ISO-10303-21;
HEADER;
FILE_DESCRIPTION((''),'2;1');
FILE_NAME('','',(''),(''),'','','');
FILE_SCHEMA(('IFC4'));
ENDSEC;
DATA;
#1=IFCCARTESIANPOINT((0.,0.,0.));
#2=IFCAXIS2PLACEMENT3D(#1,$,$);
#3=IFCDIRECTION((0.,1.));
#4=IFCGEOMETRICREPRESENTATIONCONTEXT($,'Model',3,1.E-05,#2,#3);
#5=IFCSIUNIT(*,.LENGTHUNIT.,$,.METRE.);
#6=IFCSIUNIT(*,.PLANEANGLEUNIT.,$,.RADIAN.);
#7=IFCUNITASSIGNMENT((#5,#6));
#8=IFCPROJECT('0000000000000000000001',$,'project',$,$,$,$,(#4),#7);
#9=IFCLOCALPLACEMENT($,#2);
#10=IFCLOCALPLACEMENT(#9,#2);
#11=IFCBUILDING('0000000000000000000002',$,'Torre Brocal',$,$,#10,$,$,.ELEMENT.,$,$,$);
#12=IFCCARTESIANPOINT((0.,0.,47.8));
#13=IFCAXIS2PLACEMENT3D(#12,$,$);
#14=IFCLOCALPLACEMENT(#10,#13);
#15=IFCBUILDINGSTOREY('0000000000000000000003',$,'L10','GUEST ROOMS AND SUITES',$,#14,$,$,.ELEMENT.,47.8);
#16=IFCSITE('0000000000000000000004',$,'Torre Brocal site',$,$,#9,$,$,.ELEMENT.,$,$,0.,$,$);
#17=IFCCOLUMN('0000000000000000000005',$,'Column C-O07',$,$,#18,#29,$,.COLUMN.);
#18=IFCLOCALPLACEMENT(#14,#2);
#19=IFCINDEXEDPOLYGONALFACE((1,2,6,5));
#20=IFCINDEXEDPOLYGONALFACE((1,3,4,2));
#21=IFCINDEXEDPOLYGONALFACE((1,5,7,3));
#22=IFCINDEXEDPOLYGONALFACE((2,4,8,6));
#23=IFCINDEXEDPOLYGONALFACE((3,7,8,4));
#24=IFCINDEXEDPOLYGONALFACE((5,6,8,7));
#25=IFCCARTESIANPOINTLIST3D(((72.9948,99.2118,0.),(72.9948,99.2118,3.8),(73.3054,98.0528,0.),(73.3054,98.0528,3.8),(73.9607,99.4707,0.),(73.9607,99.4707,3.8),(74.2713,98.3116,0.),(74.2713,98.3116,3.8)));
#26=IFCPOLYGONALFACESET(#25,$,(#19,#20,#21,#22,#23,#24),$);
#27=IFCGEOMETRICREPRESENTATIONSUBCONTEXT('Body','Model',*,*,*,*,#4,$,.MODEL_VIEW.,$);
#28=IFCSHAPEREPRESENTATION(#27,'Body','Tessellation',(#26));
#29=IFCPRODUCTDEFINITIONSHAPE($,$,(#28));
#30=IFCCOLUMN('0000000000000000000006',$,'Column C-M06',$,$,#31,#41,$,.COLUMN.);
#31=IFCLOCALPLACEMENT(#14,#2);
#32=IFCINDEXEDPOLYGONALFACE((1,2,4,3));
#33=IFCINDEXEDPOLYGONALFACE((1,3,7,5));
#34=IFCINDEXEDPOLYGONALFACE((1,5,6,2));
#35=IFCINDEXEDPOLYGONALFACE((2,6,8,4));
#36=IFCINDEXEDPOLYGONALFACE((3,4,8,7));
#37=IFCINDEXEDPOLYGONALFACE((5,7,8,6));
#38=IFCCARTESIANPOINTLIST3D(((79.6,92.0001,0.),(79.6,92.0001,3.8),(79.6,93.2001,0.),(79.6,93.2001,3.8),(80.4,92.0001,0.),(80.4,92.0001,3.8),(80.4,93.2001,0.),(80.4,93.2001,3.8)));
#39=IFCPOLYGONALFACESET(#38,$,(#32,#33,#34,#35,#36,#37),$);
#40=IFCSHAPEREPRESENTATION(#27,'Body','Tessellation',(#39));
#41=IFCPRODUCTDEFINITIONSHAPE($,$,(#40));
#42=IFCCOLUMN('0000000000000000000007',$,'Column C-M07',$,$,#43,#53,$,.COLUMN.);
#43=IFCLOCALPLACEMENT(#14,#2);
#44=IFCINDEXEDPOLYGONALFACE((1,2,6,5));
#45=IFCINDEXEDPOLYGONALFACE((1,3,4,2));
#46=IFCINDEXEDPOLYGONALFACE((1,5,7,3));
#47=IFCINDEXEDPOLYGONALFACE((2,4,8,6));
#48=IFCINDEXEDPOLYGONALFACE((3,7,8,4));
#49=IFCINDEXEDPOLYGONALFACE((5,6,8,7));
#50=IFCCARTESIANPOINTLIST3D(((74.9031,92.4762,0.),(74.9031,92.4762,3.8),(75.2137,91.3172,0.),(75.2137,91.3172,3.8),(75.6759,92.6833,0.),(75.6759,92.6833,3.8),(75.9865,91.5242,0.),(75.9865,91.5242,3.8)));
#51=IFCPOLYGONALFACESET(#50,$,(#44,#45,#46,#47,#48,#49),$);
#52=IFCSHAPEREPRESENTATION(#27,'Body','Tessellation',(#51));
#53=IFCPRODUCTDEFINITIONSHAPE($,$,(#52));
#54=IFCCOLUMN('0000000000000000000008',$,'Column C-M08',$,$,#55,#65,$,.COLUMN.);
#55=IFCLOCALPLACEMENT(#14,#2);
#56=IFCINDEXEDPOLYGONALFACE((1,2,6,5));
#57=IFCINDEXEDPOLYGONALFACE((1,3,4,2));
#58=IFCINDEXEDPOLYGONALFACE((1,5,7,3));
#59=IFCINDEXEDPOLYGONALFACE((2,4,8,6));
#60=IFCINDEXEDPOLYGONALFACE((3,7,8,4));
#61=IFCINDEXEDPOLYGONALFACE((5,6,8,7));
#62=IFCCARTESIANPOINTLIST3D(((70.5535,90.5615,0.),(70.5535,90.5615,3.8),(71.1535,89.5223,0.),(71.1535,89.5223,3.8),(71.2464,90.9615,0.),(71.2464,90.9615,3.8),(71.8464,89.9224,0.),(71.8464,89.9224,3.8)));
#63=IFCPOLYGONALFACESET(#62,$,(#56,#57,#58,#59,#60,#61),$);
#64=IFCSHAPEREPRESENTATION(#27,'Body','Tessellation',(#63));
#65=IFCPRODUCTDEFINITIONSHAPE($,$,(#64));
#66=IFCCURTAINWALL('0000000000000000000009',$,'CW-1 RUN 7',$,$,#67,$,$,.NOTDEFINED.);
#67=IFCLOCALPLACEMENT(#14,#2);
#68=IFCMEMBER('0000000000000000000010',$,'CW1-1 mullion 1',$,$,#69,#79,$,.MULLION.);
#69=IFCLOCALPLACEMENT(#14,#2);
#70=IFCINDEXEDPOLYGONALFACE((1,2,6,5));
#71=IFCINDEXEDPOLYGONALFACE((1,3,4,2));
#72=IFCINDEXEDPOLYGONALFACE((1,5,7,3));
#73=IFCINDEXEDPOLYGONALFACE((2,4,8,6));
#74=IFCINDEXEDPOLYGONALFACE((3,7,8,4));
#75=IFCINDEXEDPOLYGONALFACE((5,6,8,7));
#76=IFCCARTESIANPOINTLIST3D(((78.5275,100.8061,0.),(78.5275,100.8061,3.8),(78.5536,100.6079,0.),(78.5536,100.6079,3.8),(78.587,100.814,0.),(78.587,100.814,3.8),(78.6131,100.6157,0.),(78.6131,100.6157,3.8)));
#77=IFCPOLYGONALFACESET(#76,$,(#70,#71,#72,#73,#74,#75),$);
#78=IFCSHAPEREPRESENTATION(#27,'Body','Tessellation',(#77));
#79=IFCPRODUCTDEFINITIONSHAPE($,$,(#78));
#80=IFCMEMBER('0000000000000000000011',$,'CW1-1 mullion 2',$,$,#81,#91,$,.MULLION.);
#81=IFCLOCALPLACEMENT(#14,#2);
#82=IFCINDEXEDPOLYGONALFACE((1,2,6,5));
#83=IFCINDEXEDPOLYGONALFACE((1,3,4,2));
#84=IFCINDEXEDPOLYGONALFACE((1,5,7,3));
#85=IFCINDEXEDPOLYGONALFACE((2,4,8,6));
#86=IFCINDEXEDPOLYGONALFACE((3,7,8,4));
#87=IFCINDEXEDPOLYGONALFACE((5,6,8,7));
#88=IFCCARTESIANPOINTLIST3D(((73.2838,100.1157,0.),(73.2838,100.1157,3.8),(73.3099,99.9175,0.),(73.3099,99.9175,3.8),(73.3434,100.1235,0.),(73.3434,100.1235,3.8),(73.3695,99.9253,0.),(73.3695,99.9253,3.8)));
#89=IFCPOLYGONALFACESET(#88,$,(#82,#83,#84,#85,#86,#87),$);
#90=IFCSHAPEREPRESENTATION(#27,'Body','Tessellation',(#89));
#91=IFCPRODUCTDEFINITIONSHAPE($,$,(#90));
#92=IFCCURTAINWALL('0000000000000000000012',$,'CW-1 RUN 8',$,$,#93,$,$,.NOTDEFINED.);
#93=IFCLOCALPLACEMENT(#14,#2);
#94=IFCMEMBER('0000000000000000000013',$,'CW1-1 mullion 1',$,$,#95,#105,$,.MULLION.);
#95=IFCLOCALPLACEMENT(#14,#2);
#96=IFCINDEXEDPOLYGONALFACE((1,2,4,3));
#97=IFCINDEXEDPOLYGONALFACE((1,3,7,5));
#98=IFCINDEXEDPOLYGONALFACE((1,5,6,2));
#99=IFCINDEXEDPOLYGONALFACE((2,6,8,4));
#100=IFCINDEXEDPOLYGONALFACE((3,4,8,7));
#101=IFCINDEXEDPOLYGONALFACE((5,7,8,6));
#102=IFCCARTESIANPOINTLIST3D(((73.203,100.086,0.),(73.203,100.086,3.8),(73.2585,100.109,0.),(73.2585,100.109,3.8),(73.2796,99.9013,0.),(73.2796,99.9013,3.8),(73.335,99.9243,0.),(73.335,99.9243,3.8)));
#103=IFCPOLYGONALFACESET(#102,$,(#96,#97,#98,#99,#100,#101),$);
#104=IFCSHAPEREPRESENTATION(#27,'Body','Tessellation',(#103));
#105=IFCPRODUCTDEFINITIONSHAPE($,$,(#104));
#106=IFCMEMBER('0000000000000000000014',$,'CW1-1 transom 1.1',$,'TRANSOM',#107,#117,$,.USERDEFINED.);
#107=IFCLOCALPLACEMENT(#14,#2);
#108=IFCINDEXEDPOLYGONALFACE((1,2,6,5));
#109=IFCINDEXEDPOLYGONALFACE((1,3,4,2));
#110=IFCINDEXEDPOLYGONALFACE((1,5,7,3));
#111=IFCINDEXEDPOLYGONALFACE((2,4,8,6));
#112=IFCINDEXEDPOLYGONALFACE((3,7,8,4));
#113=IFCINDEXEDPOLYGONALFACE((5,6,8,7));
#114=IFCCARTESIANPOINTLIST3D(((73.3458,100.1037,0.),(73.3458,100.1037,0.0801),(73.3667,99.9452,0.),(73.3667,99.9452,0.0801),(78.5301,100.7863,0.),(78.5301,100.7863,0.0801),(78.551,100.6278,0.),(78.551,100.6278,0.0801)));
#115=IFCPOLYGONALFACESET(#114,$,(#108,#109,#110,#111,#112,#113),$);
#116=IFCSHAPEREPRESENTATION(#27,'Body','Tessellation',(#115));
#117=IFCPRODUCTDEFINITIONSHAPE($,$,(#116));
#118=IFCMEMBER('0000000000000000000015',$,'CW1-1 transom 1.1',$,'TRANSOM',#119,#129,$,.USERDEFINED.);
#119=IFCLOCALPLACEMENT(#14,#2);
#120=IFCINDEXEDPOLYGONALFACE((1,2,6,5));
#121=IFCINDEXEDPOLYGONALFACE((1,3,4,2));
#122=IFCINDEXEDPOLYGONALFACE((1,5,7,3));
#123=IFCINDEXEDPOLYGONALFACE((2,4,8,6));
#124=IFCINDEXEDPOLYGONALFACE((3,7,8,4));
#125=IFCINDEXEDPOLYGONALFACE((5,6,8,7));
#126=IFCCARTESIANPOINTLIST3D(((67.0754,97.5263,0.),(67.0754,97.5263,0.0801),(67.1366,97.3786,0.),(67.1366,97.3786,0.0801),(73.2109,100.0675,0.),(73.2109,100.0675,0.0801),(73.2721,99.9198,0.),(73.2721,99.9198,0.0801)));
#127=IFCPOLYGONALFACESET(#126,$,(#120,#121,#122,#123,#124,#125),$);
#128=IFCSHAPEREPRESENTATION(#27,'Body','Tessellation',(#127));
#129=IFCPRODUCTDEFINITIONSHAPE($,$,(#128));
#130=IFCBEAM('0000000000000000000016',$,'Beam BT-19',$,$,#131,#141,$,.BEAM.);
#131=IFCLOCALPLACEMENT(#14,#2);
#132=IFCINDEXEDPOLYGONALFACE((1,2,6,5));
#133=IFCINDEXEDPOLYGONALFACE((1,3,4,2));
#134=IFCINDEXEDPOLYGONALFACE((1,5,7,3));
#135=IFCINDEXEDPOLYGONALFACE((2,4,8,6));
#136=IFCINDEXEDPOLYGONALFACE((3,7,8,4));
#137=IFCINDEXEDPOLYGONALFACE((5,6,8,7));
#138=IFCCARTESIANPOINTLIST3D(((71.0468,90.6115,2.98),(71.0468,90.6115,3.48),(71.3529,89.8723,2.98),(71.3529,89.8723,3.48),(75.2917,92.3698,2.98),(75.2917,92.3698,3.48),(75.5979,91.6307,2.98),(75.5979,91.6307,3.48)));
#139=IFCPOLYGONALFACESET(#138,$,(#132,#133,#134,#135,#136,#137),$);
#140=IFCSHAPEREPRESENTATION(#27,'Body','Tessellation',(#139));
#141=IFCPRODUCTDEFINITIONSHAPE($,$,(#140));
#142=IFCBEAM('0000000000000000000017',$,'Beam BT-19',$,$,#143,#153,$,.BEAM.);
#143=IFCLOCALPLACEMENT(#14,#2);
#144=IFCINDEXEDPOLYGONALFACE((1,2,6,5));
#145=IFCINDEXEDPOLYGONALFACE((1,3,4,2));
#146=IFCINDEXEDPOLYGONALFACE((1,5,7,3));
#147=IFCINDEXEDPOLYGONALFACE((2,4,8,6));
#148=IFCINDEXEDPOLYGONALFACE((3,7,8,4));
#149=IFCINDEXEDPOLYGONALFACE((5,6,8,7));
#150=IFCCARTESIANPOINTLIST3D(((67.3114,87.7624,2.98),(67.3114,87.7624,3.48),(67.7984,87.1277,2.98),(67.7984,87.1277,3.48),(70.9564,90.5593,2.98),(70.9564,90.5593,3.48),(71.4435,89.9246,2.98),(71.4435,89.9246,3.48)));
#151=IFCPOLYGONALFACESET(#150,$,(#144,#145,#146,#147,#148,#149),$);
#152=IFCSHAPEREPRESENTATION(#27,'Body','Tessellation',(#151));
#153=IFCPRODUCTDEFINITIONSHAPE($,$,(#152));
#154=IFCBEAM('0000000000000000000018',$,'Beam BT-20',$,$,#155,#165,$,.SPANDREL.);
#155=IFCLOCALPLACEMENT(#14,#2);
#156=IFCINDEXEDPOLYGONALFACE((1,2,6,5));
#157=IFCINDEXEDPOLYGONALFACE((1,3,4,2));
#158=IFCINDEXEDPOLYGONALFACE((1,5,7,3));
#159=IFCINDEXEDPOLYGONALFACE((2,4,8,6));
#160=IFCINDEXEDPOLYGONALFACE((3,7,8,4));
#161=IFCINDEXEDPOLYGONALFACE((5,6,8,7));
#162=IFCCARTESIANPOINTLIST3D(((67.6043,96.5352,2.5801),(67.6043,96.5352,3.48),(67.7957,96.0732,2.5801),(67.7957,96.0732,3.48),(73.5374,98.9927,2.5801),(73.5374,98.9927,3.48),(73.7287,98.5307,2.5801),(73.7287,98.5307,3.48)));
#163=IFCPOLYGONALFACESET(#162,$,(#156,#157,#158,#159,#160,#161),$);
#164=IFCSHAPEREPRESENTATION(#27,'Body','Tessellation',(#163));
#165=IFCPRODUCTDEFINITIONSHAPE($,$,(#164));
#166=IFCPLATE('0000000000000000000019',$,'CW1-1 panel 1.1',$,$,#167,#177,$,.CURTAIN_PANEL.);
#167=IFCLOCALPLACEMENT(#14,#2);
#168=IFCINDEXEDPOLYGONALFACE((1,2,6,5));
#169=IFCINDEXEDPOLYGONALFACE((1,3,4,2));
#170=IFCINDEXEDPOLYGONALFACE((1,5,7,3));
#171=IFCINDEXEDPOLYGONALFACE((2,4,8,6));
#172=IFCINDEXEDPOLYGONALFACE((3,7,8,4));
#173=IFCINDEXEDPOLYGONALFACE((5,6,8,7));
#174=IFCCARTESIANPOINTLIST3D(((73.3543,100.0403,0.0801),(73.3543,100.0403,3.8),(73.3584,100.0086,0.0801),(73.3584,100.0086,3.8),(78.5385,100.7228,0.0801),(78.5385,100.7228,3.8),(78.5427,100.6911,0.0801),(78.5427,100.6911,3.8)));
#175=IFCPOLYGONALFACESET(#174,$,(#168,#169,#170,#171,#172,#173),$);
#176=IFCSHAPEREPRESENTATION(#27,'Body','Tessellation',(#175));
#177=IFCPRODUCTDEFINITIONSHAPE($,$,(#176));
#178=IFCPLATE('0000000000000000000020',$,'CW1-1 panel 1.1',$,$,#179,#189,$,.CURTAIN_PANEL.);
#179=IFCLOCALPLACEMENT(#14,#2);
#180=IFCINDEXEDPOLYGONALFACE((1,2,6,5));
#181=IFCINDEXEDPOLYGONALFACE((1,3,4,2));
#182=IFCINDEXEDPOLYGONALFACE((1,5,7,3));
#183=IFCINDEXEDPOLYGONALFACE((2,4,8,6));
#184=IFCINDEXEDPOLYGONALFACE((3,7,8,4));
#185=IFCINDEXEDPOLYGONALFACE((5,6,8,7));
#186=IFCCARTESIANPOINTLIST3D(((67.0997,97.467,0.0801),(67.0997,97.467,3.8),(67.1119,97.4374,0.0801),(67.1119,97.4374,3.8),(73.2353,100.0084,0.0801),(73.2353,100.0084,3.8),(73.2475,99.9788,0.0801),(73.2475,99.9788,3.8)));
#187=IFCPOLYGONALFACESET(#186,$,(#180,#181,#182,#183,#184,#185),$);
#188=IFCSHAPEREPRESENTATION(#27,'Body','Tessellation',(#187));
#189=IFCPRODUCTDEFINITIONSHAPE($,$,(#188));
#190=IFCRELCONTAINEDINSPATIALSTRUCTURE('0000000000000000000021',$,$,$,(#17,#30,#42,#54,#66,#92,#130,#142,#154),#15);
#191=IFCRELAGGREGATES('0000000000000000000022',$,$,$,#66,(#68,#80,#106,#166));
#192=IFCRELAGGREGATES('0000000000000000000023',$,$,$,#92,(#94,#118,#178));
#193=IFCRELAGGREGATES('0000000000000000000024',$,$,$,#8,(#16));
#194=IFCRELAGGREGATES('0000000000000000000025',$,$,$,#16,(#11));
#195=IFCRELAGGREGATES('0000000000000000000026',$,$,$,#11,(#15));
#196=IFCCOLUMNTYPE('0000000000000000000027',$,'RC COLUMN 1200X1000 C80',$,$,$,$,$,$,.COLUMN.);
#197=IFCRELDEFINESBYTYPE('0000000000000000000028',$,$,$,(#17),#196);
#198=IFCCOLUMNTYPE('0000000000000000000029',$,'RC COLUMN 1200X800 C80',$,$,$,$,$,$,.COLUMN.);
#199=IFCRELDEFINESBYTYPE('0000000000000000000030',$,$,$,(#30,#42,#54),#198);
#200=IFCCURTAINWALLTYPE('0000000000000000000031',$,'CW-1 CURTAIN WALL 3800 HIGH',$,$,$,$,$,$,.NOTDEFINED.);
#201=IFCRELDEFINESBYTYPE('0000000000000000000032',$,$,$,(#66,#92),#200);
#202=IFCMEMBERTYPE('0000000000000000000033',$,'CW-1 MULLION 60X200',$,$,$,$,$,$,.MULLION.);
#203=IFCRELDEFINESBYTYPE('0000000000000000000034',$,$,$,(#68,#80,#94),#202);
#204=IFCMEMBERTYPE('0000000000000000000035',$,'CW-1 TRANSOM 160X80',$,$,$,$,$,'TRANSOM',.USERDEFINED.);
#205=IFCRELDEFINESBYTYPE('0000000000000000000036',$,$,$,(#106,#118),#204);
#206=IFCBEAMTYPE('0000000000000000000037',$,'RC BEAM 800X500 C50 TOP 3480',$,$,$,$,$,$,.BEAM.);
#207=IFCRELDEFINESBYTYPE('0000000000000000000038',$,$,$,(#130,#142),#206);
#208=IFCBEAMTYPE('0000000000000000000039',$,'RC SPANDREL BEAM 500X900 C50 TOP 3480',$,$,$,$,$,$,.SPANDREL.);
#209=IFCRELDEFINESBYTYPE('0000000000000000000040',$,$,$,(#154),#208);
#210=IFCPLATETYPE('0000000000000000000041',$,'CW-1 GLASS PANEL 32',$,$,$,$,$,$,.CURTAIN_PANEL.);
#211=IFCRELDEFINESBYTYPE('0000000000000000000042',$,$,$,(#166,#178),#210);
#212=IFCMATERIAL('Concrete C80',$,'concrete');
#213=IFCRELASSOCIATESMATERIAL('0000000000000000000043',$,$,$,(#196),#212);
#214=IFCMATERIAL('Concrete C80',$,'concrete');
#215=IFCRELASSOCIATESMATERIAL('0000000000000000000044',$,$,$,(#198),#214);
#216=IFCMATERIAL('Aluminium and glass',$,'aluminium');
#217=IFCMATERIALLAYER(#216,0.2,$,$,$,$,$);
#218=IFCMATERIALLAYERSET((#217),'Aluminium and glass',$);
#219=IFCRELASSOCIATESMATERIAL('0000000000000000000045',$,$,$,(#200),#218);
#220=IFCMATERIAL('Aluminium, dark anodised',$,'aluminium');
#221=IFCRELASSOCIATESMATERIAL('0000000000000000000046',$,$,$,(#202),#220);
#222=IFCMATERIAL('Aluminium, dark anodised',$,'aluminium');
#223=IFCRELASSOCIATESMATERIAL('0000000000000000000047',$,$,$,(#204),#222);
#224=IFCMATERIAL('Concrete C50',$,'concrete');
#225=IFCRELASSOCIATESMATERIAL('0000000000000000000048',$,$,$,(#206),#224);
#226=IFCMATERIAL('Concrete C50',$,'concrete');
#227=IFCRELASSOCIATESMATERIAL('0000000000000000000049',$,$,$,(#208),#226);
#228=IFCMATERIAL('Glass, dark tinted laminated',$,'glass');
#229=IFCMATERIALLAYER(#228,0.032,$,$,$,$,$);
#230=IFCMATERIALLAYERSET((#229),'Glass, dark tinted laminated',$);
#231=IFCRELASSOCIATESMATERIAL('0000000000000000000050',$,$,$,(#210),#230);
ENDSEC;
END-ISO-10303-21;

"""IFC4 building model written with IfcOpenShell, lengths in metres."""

from ifc_helpers import new_model, si_unit, direction, frame, origin, origin_2d, place, context, subcontext, project, spatial, rectangle, extrude, material, layer, layer_set, material_profile, profile_set, type_object, element, aggregate, save


model = new_model("IFC4")

# Units and contexts
model_context = context("Model", 3, precision=1e-05, world=origin(), true_north=direction((0.0, 1.0)))
body_context = subcontext(model_context, "Body", "Model", "MODEL_VIEW")
ifc_project = project(units=[si_unit("LENGTHUNIT", "METRE"), si_unit("PLANEANGLEUNIT", "RADIAN")], contexts=[model_context])

# Site, building, storey
site_placement = place(None, origin())
site = spatial("IfcSite", under=ifc_project, at=site_placement, Name="Torre Brocal site", CompositionType="ELEMENT", RefElevation=0.0)
building_placement = place(site_placement, origin())
building = spatial("IfcBuilding", under=site, at=building_placement, Name="Torre Brocal", CompositionType="ELEMENT")
storey_placement = place(building_placement, frame((0.0, 0.0, 47.8)))
storey = spatial("IfcBuildingStorey", under=building, at=storey_placement, Name="L10", Description="GUEST ROOMS AND SUITES", CompositionType="ELEMENT", Elevation=47.8)

# Columns
ifc_material_1 = material(Name="Concrete C80", Category="concrete")
ifc_material_profile_1 = material_profile(ifc_material_1, rectangle(XDim=1.2, YDim=1.0, at=origin_2d()), Name="RC 1200X1000")
ifc_profile_set_1 = profile_set([ifc_material_profile_1], Name="Concrete C80")
column_type_1 = type_object("IfcColumnType", Name="RC COLUMN 1200X1000 C80", PredefinedType="COLUMN", material=ifc_profile_set_1)
column_placement = place(storey_placement, frame((73.6331, 98.7617, 0.0), z_axis=(0.0, 0.0, 1.0), x_axis=(-0.258819, 0.965926, 0.0)))
element("IfcColumn", 1, at=column_placement, inside=storey, type_object=column_type_1, Name="Column C-O07", PredefinedType="COLUMN", context=body_context, shape_type="SweptSolid", body=[
    extrude(rectangle(XDim=1.2, YDim=1.0, at=origin_2d()), origin(), (0.0, 0.0, 1.0), 3.8),
])
ifc_material_2 = material(Name="Concrete C80", Category="concrete")
ifc_material_profile_2 = material_profile(ifc_material_2, rectangle(XDim=1.2, YDim=0.8, at=origin_2d()), Name="RC 1200X800")
ifc_profile_set_2 = profile_set([ifc_material_profile_2], Name="Concrete C80")
column_type_2 = type_object("IfcColumnType", Name="RC COLUMN 1200X800 C80", PredefinedType="COLUMN", material=ifc_profile_set_2)
for number, where, z_axis, x_axis, name in (
    (2, (80.0, 92.6001, 0.0), (0.0, 0.0, 1.0), (0.0, 1.0, 0.0), "Column C-M06"),
    (3, (75.4448, 92.0002, 0.0), (0.0, 0.0, 1.0), (-0.258819, 0.965926, 0.0), "Column C-M07"),
    (4, (71.2, 90.2419, 0.0), (0.0, 0.0, 1.0), (-0.5, 0.866025, 0.0), "Column C-M08"),
):
    element("IfcColumn", number, at=place(storey_placement, frame(where, z_axis=z_axis, x_axis=x_axis)), inside=storey, type_object=column_type_2, Name=name, PredefinedType="COLUMN", context=body_context, shape_type="SweptSolid", body=[
        extrude(rectangle(XDim=1.2, YDim=0.8, at=origin_2d()), origin(), (0.0, 0.0, 1.0), 3.8),
    ])

# Curtain wall, members
ifc_material_3 = material(Name="Aluminium and glass", Category="aluminium")
ifc_layer_1 = layer(ifc_material_3, 0.2)
ifc_layer_set_1 = layer_set([ifc_layer_1], Name="Aluminium and glass")
curtain_wall_type = type_object("IfcCurtainWallType", Name="CW-1 CURTAIN WALL 3800 HIGH", PredefinedType="NOTDEFINED", material=ifc_layer_set_1)
curtain_wall_1_placement = place(storey_placement, origin())
curtain_wall_1 = element("IfcCurtainWall", 5, at=curtain_wall_1_placement, inside=storey, type_object=curtain_wall_type, Name="CW-1 RUN 7", PredefinedType="NOTDEFINED")
ifc_material_4 = material(Name="Aluminium, dark anodised", Category="aluminium")
ifc_material_profile_3 = material_profile(ifc_material_4, rectangle(XDim=0.2, YDim=0.0601, at=origin_2d()), Name="CW-1 MULLION 60X200")
ifc_profile_set_3 = profile_set([ifc_material_profile_3], Name="Aluminium, dark anodised")
member_type_1 = type_object("IfcMemberType", Name="CW-1 MULLION 60X200", PredefinedType="MULLION", material=ifc_profile_set_3)
member_1_placement = place(storey_placement, frame((78.5703, 100.7109, 0.0), z_axis=(0.0, 0.0, 1.0), x_axis=(0.130526, -0.991445, 0.0)))
member_1 = element("IfcMember", 6, at=member_1_placement, type_object=member_type_1, Name="CW1-1 mullion 1", PredefinedType="MULLION", context=body_context, shape_type="SweptSolid", body=[
    extrude(rectangle(XDim=0.2, YDim=0.0601, at=origin_2d()), origin(), (0.0, 0.0, 1.0), 3.8),
])
member_2_placement = place(storey_placement, frame((73.3267, 100.0205, 0.0), z_axis=(0.0, 0.0, 1.0), x_axis=(0.130526, -0.991445, 0.0)))
member_2 = element("IfcMember", 7, at=member_2_placement, type_object=member_type_1, Name="CW1-1 mullion 2", PredefinedType="MULLION", context=body_context, shape_type="SweptSolid", body=[
    extrude(rectangle(XDim=0.2, YDim=0.0601, at=origin_2d()), origin(), (0.0, 0.0, 1.0), 3.8),
])

# Curtain wall, member
curtain_wall_2_placement = place(storey_placement, origin())
curtain_wall_2 = element("IfcCurtainWall", 8, at=curtain_wall_2_placement, inside=storey, type_object=curtain_wall_type, Name="CW-1 RUN 8", PredefinedType="NOTDEFINED")
member_3_placement = place(storey_placement, frame((73.269, 100.0051, 0.0), z_axis=(0.0, 0.0, 1.0), x_axis=(0.382683, -0.92388, 0.0)))
member_3 = element("IfcMember", 9, at=member_3_placement, type_object=member_type_1, Name="CW1-1 mullion 1", PredefinedType="MULLION", context=body_context, shape_type="SweptSolid", body=[
    extrude(rectangle(XDim=0.2, YDim=0.0601, at=origin_2d()), origin(), (0.0, 0.0, 1.0), 3.8),
])

# Members
ifc_material_5 = material(Name="Aluminium, dark anodised", Category="aluminium")
ifc_material_profile_4 = material_profile(ifc_material_5, rectangle(XDim=0.1599, YDim=0.0801, at=origin_2d()), Name="CW-1 TRANSOM 160X80")
ifc_profile_set_4 = profile_set([ifc_material_profile_4], Name="Aluminium, dark anodised")
member_type_2 = type_object("IfcMemberType", Name="CW-1 TRANSOM 160X80", ElementType="TRANSOM", PredefinedType="USERDEFINED", material=ifc_profile_set_4)
member_4_placement = place(storey_placement, frame((78.5405, 100.707, 0.04), z_axis=(-0.991443, -0.130543, 0.0), x_axis=(0.130543, -0.991443, 0.0)))
member_4 = element("IfcMember", 10, at=member_4_placement, type_object=member_type_2, Name="CW1-1 transom 1.1", ObjectType="TRANSOM", PredefinedType="USERDEFINED", context=body_context, shape_type="SweptSolid", body=[
    extrude(rectangle(XDim=0.1599, YDim=0.0801, at=origin_2d()), origin(), (0.0, 0.0, 1.0), 5.229),
])
member_5_placement = place(storey_placement, frame((73.2415, 99.9937, 0.04), z_axis=(-0.923887, -0.382665, 0.0), x_axis=(0.382665, -0.923887, 0.0)))
member_5 = element("IfcMember", 11, at=member_5_placement, type_object=member_type_2, Name="CW1-1 transom 1.1", ObjectType="TRANSOM", PredefinedType="USERDEFINED", context=body_context, shape_type="SweptSolid", body=[
    extrude(rectangle(XDim=0.1599, YDim=0.0801, at=origin_2d()), origin(), (0.0, 0.0, 1.0), 6.6409),
])

# Beams
ifc_material_6 = material(Name="Concrete C50", Category="concrete")
ifc_material_profile_5 = material_profile(ifc_material_6, rectangle(XDim=0.8, YDim=0.5, at=origin_2d()), Name="RC 800X500")
ifc_profile_set_5 = profile_set([ifc_material_profile_5], Name="Concrete C50")
beam_type_1 = type_object("IfcBeamType", Name="RC BEAM 800X500 C50 TOP 3480", PredefinedType="BEAM", material=ifc_profile_set_5)
beam_1_placement = place(storey_placement, frame((75.4448, 92.0002, 3.23), z_axis=(-0.923878, -0.382687, 0.0), x_axis=(0.382687, -0.923878, 0.0)))
element("IfcBeam", 12, at=beam_1_placement, inside=storey, type_object=beam_type_1, Name="Beam BT-19", PredefinedType="BEAM", context=body_context, shape_type="SweptSolid", body=[
    extrude(rectangle(XDim=0.8, YDim=0.5, at=origin_2d()), origin(), (0.0, 0.0, 1.0), 4.5947),
])
beam_2_placement = place(storey_placement, frame((71.2, 90.2419, 3.23), z_axis=(-0.793358, -0.608755, 0.0), x_axis=(0.608755, -0.793358, 0.0)))
element("IfcBeam", 13, at=beam_2_placement, inside=storey, type_object=beam_type_1, Name="Beam BT-19", PredefinedType="BEAM", context=body_context, shape_type="SweptSolid", body=[
    extrude(rectangle(XDim=0.8, YDim=0.5, at=origin_2d()), origin(), (0.0, 0.0, 1.0), 4.5945),
])
ifc_material_7 = material(Name="Concrete C50", Category="concrete")
ifc_material_profile_6 = material_profile(ifc_material_7, rectangle(XDim=0.5, YDim=0.8999, at=origin_2d()), Name="RC 500X900")
ifc_profile_set_6 = profile_set([ifc_material_profile_6], Name="Concrete C50")
beam_type_2 = type_object("IfcBeamType", Name="RC SPANDREL BEAM 500X900 C50 TOP 3480", PredefinedType="SPANDREL", material=ifc_profile_set_6)
beam_3_placement = place(storey_placement, frame((73.6331, 98.7617, 3.03), z_axis=(-0.923882, -0.382676, 0.0), x_axis=(0.382676, -0.923882, 0.0)))
element("IfcBeam", 14, at=beam_3_placement, inside=storey, type_object=beam_type_2, Name="Beam BT-20", PredefinedType="SPANDREL", context=body_context, shape_type="SweptSolid", body=[
    extrude(rectangle(XDim=0.5, YDim=0.8999, at=origin_2d()), origin(), (0.0, 0.0, 1.0), 6.4219),
])

# Plates
ifc_material_8 = material(Name="Glass, dark tinted laminated", Category="glass")
ifc_layer_2 = layer(ifc_material_8, 0.032)
ifc_layer_set_2 = layer_set([ifc_layer_2], Name="Glass, dark tinted laminated")
plate_type = type_object("IfcPlateType", Name="CW-1 GLASS PANEL 32", PredefinedType="CURTAIN_PANEL", material=ifc_layer_set_2)
plate_1_placement = place(storey_placement, frame((75.9485, 100.3657, 0.0801), z_axis=(0.0, 0.0, 1.0), x_axis=(-0.991445, -0.130526, 0.0)))
plate_1 = element("IfcPlate", 15, at=plate_1_placement, type_object=plate_type, Name="CW1-1 panel 1.1", PredefinedType="CURTAIN_PANEL", context=body_context, shape_type="SweptSolid", body=[
    extrude(rectangle(XDim=5.229, YDim=0.032, at=origin_2d()), origin(), (0.0, 0.0, 1.0), 3.72),
])
aggregate(curtain_wall_1, [member_1, member_2, member_4, plate_1])
plate_2_placement = place(storey_placement, frame((70.1736, 98.7229, 0.0801), z_axis=(0.0, 0.0, 1.0), x_axis=(-0.92388, -0.382683, 0.0)))
plate_2 = element("IfcPlate", 16, at=plate_2_placement, type_object=plate_type, Name="CW1-1 panel 1.1", PredefinedType="CURTAIN_PANEL", context=body_context, shape_type="SweptSolid", body=[
    extrude(rectangle(XDim=6.6411, YDim=0.032, at=origin_2d()), origin(), (0.0, 0.0, 1.0), 3.72),
])
aggregate(curtain_wall_2, [member_3, member_5, plate_2])

save(model, "model.ifc")
